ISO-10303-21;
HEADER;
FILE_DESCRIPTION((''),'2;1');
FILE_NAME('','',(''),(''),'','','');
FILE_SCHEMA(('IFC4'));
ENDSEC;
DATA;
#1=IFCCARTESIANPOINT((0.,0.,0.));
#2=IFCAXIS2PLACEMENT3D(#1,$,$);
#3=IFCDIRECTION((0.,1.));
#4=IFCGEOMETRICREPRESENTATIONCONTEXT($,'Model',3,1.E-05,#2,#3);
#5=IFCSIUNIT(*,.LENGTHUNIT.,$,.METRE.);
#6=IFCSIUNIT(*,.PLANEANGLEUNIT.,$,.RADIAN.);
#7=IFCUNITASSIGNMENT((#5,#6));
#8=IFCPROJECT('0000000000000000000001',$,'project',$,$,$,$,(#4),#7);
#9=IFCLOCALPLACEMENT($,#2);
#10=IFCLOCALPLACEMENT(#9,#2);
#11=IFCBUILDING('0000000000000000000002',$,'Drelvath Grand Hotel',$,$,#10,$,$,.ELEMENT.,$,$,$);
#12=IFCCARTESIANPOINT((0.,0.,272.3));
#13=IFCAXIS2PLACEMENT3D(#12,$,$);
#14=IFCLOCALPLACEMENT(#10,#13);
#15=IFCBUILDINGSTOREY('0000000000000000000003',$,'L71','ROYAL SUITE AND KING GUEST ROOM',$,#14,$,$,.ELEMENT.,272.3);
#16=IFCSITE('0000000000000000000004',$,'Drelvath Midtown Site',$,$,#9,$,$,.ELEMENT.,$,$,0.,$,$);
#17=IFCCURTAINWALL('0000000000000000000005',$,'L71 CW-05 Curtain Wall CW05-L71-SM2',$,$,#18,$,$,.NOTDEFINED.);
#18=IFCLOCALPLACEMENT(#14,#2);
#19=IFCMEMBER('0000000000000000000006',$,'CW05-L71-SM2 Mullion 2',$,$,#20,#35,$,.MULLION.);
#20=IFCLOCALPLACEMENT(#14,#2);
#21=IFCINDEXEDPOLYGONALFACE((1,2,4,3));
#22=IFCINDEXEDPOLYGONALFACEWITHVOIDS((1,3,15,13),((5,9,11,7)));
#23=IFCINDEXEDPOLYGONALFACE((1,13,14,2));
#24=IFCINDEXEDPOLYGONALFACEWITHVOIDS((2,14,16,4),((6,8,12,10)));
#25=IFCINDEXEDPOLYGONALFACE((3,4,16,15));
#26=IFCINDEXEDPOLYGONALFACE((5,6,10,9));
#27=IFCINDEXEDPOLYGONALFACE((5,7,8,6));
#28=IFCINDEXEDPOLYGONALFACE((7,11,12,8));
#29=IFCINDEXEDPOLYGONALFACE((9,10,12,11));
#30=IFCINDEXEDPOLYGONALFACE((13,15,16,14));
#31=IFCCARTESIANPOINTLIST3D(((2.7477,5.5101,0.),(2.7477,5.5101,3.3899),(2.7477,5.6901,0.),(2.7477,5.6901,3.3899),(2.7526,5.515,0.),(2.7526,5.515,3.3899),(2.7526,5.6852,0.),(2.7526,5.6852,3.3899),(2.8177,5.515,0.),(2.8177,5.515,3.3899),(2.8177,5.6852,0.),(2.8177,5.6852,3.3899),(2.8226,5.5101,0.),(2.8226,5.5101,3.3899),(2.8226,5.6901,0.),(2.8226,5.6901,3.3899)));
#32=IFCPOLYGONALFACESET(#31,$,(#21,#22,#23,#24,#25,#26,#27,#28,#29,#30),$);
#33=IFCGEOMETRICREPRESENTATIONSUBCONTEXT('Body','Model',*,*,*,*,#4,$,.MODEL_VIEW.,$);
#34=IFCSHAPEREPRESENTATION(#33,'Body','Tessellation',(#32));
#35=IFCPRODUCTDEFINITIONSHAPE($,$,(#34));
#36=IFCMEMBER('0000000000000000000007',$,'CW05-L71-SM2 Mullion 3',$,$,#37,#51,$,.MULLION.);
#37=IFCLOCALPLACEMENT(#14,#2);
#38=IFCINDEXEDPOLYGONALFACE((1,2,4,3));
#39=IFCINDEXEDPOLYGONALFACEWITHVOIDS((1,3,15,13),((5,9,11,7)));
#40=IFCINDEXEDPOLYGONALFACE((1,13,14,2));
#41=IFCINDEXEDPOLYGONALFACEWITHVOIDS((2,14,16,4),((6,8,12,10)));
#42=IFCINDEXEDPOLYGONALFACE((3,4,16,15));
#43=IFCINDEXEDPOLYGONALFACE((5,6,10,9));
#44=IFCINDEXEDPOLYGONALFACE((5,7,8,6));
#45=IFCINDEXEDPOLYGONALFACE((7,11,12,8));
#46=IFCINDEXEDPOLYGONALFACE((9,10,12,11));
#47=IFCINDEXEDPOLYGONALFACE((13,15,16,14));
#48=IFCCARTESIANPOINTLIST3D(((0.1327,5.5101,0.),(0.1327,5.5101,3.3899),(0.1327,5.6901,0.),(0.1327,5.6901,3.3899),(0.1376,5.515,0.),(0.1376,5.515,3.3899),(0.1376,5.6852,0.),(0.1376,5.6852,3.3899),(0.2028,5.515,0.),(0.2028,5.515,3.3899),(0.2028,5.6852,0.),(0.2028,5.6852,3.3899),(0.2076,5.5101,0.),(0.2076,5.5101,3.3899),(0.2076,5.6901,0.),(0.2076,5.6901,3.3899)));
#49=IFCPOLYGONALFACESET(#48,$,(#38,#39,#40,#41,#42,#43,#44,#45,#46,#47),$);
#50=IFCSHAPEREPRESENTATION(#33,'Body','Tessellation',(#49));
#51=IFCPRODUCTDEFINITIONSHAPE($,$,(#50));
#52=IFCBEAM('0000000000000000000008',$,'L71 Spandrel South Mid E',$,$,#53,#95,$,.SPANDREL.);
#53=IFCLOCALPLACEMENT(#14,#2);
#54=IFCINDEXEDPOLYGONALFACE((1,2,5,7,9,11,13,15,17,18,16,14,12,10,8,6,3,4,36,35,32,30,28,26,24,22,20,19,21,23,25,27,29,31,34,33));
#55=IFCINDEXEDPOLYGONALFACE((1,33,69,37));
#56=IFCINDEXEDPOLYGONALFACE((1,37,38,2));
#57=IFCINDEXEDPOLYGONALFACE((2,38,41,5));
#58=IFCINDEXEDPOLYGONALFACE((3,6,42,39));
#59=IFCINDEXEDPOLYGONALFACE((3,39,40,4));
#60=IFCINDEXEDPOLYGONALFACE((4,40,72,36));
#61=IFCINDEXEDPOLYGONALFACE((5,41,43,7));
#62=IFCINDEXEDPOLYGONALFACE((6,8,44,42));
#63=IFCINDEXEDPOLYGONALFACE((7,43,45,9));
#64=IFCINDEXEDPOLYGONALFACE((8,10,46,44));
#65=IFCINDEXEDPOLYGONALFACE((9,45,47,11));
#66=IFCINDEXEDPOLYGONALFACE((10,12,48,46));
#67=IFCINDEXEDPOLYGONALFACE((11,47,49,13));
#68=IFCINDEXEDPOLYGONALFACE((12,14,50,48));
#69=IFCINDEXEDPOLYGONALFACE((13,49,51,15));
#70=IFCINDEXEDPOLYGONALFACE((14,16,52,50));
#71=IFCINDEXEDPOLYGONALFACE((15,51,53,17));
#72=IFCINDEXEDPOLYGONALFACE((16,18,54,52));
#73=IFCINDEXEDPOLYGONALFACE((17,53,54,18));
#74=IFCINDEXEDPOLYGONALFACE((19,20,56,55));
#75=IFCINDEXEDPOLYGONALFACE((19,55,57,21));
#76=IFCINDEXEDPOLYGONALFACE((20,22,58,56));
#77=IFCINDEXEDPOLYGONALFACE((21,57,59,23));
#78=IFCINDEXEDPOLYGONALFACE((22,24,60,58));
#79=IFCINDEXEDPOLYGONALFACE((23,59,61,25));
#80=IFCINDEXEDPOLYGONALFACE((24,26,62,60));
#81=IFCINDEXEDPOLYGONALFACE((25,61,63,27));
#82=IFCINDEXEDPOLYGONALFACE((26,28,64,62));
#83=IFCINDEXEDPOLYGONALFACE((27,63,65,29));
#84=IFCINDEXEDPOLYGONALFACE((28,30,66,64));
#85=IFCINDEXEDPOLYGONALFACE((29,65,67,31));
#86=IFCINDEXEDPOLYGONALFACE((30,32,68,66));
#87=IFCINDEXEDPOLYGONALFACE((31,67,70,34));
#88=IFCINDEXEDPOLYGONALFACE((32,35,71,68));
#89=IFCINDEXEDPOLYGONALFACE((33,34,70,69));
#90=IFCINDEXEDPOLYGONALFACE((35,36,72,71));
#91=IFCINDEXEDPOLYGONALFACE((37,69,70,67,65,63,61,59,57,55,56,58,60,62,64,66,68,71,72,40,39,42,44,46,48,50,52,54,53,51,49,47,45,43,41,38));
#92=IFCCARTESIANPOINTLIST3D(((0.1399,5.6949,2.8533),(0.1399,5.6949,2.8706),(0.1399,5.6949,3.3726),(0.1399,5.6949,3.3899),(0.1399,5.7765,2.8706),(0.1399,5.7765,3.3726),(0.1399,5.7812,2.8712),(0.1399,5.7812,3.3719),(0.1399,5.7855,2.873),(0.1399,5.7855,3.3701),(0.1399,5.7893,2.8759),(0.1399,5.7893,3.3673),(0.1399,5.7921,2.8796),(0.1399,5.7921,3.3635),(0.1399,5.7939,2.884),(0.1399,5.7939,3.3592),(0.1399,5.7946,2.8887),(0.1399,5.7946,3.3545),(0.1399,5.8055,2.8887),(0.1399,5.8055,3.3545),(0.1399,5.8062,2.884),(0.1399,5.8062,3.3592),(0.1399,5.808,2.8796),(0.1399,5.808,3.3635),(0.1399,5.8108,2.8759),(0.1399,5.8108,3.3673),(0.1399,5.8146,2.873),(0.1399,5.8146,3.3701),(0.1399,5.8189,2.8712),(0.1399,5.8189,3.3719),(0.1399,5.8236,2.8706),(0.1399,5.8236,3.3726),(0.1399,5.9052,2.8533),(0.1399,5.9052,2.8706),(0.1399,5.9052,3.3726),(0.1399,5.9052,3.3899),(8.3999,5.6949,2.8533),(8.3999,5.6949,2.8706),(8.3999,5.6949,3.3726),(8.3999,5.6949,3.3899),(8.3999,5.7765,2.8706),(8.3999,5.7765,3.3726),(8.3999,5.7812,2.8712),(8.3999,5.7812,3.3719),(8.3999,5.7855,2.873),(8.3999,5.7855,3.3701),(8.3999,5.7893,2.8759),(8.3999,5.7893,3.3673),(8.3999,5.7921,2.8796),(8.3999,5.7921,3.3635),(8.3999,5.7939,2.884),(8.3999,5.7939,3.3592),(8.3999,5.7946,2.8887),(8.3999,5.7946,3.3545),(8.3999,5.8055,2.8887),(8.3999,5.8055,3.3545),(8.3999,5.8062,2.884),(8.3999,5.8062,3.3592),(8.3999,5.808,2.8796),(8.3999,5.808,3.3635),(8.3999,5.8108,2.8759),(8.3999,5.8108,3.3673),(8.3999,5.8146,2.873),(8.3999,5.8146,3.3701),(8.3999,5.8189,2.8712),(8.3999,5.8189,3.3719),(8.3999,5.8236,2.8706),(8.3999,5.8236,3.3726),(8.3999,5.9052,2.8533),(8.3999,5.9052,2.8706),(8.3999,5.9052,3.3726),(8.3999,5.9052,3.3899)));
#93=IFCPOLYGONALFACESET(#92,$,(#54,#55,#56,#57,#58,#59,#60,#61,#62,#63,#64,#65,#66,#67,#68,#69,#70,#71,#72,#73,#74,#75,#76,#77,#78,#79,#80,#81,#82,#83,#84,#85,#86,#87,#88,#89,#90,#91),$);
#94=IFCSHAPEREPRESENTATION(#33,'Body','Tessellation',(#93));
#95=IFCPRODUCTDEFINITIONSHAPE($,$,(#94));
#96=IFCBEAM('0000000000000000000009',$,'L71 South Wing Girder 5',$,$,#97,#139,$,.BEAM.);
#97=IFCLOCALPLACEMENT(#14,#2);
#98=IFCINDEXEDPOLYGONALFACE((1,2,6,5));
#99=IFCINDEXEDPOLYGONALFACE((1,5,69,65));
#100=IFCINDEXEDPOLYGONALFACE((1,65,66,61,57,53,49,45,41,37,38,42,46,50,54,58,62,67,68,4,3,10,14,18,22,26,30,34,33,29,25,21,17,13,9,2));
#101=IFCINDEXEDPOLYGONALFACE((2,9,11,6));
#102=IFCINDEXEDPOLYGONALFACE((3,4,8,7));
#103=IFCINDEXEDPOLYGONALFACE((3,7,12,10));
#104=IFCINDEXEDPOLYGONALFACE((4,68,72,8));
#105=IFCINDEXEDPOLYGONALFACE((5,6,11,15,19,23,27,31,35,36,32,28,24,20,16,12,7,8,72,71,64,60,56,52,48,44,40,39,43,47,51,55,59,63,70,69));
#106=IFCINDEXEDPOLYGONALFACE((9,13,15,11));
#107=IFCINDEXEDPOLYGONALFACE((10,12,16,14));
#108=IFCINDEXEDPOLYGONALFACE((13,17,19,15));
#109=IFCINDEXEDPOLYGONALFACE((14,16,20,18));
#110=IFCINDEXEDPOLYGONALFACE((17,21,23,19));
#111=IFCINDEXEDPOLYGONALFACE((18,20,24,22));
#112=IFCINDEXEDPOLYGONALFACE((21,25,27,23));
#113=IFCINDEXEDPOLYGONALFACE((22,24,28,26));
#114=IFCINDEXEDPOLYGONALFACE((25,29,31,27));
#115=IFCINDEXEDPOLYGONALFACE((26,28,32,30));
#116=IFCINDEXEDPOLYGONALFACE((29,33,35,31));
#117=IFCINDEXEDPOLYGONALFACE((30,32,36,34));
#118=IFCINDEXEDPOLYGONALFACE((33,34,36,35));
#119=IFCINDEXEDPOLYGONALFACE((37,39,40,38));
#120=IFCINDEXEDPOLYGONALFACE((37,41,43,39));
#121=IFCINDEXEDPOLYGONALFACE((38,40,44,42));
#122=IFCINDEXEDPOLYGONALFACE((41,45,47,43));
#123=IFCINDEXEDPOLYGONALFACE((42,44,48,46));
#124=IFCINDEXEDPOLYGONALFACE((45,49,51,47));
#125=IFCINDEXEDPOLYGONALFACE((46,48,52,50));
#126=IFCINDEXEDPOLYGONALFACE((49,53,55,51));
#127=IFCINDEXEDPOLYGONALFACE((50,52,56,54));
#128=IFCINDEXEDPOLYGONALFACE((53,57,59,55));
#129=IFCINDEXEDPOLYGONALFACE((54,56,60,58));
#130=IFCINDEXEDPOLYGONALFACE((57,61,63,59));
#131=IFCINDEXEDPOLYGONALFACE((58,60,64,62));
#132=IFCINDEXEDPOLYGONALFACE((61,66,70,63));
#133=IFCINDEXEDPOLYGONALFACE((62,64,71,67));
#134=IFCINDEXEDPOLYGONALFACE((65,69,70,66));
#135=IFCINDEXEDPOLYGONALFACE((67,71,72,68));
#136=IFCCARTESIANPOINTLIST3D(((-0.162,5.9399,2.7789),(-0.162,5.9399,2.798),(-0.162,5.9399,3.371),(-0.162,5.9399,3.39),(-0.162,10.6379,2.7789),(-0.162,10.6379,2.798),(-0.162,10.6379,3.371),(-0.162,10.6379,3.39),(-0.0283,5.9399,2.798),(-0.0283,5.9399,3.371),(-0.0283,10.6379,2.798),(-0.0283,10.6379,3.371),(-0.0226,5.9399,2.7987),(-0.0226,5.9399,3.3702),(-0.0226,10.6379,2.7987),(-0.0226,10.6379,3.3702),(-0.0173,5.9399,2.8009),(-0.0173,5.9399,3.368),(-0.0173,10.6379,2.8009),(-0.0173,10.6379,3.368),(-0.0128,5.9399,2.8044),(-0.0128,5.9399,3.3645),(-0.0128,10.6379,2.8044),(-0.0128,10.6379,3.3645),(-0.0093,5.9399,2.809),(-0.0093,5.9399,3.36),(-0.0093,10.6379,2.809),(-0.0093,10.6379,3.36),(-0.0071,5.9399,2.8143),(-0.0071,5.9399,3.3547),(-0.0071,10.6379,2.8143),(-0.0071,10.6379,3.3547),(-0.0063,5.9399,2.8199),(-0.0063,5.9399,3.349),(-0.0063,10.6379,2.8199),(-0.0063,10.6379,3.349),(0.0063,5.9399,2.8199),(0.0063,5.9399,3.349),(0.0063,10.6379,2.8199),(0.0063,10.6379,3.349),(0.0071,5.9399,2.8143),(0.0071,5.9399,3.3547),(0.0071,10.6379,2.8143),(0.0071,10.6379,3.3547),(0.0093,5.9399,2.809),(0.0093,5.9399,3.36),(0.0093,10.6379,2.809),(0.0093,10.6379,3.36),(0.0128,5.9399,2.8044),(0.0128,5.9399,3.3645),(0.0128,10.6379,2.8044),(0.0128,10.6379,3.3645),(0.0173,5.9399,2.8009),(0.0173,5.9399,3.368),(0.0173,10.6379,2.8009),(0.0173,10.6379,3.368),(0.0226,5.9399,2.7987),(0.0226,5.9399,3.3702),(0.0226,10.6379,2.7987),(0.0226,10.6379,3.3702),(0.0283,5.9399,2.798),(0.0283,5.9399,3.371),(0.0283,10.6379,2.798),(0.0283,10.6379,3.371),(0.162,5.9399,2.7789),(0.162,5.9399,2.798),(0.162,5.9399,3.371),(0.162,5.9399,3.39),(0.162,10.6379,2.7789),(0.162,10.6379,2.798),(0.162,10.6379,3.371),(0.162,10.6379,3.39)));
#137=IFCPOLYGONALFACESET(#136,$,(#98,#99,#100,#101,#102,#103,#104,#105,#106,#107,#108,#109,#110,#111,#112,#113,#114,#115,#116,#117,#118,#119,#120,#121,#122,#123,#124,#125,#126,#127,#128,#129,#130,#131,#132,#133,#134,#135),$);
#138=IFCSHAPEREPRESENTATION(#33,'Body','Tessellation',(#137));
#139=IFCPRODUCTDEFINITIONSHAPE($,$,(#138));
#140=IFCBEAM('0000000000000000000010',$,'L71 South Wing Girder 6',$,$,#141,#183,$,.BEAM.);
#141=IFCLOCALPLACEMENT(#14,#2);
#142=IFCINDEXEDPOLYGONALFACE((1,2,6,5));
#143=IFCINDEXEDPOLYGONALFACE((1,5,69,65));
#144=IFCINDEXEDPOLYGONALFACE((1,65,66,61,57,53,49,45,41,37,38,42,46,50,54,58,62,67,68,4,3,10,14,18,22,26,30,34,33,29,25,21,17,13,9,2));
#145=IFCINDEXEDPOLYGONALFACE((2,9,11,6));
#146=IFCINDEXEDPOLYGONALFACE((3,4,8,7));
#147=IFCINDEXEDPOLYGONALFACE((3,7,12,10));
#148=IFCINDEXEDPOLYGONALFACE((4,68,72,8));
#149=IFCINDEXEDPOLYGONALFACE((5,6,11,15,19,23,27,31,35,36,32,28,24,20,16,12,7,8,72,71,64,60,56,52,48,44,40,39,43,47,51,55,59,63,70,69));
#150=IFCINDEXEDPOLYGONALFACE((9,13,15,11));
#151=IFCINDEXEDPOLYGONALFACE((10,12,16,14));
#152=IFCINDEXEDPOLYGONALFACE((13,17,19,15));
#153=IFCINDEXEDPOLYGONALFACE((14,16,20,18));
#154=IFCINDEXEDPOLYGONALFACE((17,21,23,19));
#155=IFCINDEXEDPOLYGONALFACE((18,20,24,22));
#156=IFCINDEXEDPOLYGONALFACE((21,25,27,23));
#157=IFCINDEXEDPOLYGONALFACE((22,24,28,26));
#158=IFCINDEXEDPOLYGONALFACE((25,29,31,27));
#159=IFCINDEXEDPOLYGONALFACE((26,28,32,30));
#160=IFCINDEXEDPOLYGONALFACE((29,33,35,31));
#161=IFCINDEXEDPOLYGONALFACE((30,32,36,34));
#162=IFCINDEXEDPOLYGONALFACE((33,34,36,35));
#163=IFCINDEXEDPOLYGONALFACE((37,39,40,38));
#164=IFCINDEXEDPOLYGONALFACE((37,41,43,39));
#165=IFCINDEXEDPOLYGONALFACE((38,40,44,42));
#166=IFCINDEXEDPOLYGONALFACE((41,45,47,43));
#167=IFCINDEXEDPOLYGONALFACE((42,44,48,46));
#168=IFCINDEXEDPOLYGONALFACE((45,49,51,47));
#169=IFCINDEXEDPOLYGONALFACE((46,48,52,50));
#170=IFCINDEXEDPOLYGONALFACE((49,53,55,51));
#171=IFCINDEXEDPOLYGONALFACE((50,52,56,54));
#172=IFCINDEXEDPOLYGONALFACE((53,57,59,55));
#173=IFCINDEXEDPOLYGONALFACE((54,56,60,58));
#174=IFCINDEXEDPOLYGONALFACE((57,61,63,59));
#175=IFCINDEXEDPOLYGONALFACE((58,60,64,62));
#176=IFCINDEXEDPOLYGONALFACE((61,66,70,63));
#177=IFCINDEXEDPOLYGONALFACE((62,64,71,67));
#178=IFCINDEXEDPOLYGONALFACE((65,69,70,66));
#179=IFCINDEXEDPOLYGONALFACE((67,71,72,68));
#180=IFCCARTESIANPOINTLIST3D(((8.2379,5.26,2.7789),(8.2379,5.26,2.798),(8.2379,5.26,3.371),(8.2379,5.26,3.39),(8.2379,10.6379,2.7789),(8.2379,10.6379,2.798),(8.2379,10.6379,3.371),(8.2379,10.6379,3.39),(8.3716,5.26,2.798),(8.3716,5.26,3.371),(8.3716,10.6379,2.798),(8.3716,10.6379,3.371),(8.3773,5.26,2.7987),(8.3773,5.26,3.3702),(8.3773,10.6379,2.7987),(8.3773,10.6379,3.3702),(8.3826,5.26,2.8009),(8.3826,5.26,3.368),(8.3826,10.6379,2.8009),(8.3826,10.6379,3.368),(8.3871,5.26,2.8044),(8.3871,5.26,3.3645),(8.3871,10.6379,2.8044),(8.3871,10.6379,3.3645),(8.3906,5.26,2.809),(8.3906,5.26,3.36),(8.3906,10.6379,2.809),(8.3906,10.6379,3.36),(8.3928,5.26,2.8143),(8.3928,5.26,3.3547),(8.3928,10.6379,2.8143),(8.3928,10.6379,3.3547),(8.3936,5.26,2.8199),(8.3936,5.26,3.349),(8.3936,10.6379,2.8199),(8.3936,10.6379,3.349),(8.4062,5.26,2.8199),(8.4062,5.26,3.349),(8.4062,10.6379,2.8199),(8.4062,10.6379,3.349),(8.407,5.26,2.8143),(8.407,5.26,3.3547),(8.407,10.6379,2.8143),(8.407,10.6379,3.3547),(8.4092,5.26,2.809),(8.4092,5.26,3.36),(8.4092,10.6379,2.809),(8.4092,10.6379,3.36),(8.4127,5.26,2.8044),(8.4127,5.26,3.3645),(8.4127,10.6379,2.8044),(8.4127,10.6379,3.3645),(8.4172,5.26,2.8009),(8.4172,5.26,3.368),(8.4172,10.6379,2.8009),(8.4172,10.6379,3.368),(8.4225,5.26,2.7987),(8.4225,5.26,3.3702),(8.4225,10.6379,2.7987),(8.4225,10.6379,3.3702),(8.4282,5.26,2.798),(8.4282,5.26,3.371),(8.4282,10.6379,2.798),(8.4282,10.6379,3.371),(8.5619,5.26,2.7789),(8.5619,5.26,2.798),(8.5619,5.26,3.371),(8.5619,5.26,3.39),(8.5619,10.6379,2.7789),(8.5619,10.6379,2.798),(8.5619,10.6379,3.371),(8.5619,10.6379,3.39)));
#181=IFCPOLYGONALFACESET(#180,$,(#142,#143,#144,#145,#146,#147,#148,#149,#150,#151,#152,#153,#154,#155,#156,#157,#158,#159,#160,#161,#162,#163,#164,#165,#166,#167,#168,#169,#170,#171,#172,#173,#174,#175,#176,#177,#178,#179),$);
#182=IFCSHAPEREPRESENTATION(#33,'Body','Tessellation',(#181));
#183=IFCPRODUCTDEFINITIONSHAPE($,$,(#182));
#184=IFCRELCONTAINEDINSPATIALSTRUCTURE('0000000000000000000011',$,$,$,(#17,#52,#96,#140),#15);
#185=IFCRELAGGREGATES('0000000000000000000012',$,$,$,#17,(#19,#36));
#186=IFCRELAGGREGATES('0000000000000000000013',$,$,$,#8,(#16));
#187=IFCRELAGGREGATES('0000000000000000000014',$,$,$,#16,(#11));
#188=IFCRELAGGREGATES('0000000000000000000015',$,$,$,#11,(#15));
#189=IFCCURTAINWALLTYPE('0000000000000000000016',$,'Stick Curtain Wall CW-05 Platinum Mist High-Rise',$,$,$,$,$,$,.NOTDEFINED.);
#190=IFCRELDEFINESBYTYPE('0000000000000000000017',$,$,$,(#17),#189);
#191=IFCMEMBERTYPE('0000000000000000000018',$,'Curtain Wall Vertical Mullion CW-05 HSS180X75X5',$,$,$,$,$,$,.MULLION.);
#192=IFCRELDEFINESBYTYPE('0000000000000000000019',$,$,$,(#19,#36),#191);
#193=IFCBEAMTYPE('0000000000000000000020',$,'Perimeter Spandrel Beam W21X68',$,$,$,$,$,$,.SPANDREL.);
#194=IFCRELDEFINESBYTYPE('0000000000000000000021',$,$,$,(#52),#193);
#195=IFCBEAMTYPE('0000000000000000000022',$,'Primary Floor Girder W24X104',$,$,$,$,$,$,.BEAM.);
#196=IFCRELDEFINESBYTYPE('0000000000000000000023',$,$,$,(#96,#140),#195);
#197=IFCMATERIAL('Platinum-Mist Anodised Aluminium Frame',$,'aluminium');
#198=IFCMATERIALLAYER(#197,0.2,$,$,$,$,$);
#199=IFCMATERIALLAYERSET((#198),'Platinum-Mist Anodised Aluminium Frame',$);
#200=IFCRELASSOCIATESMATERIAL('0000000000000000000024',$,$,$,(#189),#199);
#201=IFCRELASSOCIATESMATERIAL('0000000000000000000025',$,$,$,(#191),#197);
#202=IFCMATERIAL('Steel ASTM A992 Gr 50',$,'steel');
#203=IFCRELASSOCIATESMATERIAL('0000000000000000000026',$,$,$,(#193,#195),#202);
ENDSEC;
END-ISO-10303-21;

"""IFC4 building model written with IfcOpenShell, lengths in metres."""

from ifc_helpers import new_model, si_unit, direction, frame, origin, origin_2d, place, context, subcontext, project, spatial, hollow_rectangle, i_section, extrude, material, layer, layer_set, material_profile, profile_set, type_object, element, aggregate, save


model = new_model("IFC4")

# Units and contexts
model_context = context("Model", 3, precision=1e-05, world=origin(), true_north=direction((0.0, 1.0)))
body_context = subcontext(model_context, "Body", "Model", "MODEL_VIEW")
ifc_project = project(units=[si_unit("LENGTHUNIT", "METRE"), si_unit("PLANEANGLEUNIT", "RADIAN")], contexts=[model_context])

# Site, building, storey
site_placement = place(None, origin())
site = spatial("IfcSite", under=ifc_project, at=site_placement, Name="Drelvath Midtown Site", CompositionType="ELEMENT", RefElevation=0.0)
building_placement = place(site_placement, origin())
building = spatial("IfcBuilding", under=site, at=building_placement, Name="Drelvath Grand Hotel", CompositionType="ELEMENT")
storey_placement = place(building_placement, frame((0.0, 0.0, 272.3)))
storey = spatial("IfcBuildingStorey", under=building, at=storey_placement, Name="L71", Description="ROYAL SUITE AND KING GUEST ROOM", CompositionType="ELEMENT", Elevation=272.3)

# Curtain wall
ifc_material_1 = material(Name="Platinum-Mist Anodised Aluminium Frame", Category="aluminium")
ifc_layer_1 = layer(ifc_material_1, 0.2)
ifc_layer_set_1 = layer_set([ifc_layer_1], Name="Platinum-Mist Anodised Aluminium Frame")
curtain_wall_type = type_object("IfcCurtainWallType", Name="Stick Curtain Wall CW-05 Platinum Mist High-Rise", PredefinedType="NOTDEFINED", material=ifc_layer_set_1)
curtain_wall_1_placement = place(storey_placement, origin())
curtain_wall_1 = element("IfcCurtainWall", 1, at=curtain_wall_1_placement, inside=storey, type_object=curtain_wall_type, Name="L71 CW-05 Curtain Wall CW05-L71-SM2", PredefinedType="NOTDEFINED")

# Members
ifc_material_profile_1 = material_profile(ifc_material_1, hollow_rectangle(XDim=0.075, YDim=0.1799, WallThickness=0.0049, at=origin_2d()), Name="HSS180X75X5")
ifc_profile_set_1 = profile_set([ifc_material_profile_1], Name="Platinum-Mist Anodised Aluminium Frame")
member_type_1 = type_object("IfcMemberType", Name="Curtain Wall Vertical Mullion CW-05 HSS180X75X5", PredefinedType="MULLION", material=ifc_profile_set_1)
member_1_placement = place(storey_placement, frame((2.7852, 5.6001, 0.0), z_axis=(0.0, 0.0, 1.0), x_axis=(1.0, 0.0, 0.0)))
member_1 = element("IfcMember", 2, at=member_1_placement, type_object=member_type_1, Name="CW05-L71-SM2 Mullion 2", PredefinedType="MULLION", context=body_context, shape_type="SweptSolid", body=[
    extrude(hollow_rectangle(XDim=0.075, YDim=0.1799, WallThickness=0.0049, at=origin_2d()), origin(), (0.0, 0.0, 1.0), 3.3899),
])
member_2_placement = place(storey_placement, frame((0.1702, 5.6001, 0.0), z_axis=(0.0, 0.0, 1.0), x_axis=(1.0, 0.0, 0.0)))
member_2 = element("IfcMember", 3, at=member_2_placement, type_object=member_type_1, Name="CW05-L71-SM2 Mullion 3", PredefinedType="MULLION", context=body_context, shape_type="SweptSolid", body=[
    extrude(hollow_rectangle(XDim=0.075, YDim=0.1799, WallThickness=0.0049, at=origin_2d()), origin(), (0.0, 0.0, 1.0), 3.3899),
])

# Beams
ifc_material_2 = material(Name="Steel ASTM A992 Gr 50", Category="steel")
ifc_material_profile_2 = material_profile(ifc_material_2, i_section(OverallWidth=0.2102, OverallDepth=0.5366, WebThickness=0.011, FlangeThickness=0.0173, FilletRadius=0.0181, at=origin_2d()), Name="W21X68")
ifc_profile_set_2 = profile_set([ifc_material_profile_2], Name="Steel ASTM A992 Gr 50")
beam_type_1 = type_object("IfcBeamType", Name="Perimeter Spandrel Beam W21X68", PredefinedType="SPANDREL", material=ifc_profile_set_2)
beam_1_placement = place(storey_placement, frame((0.1399, 5.8, 3.1216), z_axis=(1.0, 0.0, 0.0), x_axis=(0.0, 1.0, 0.0)))
element("IfcBeam", 4, at=beam_1_placement, inside=storey, type_object=beam_type_1, Name="L71 Spandrel South Mid E", PredefinedType="SPANDREL", context=body_context, shape_type="SweptSolid", body=[
    extrude(i_section(OverallWidth=0.2102, OverallDepth=0.5366, WebThickness=0.011, FlangeThickness=0.0173, FilletRadius=0.0181, at=origin_2d()), origin(), (0.0, 0.0, 1.0), 8.26),
])
ifc_material_profile_3 = material_profile(ifc_material_2, i_section(OverallWidth=0.324, OverallDepth=0.6111, WebThickness=0.0127, FlangeThickness=0.019, FilletRadius=0.022, at=origin_2d()), Name="W24X104")
ifc_profile_set_3 = profile_set([ifc_material_profile_3], Name="Steel ASTM A992 Gr 50")
beam_type_2 = type_object("IfcBeamType", Name="Primary Floor Girder W24X104", PredefinedType="BEAM", material=ifc_profile_set_3)
beam_2_placement = place(storey_placement, frame((0.0, 5.9399, 3.0845), z_axis=(0.0, 1.0, 0.0), x_axis=(-1.0, 0.0, 0.0)))
element("IfcBeam", 5, at=beam_2_placement, inside=storey, type_object=beam_type_2, Name="L71 South Wing Girder 5", PredefinedType="BEAM", context=body_context, shape_type="SweptSolid", body=[
    extrude(i_section(OverallWidth=0.324, OverallDepth=0.6111, WebThickness=0.0127, FlangeThickness=0.019, FilletRadius=0.022, at=origin_2d()), origin(), (0.0, 0.0, 1.0), 4.698),
])
beam_3_placement = place(storey_placement, frame((8.3999, 5.26, 3.0845), z_axis=(0.0, 1.0, 0.0), x_axis=(-1.0, 0.0, 0.0)))
element("IfcBeam", 6, at=beam_3_placement, inside=storey, type_object=beam_type_2, Name="L71 South Wing Girder 6", PredefinedType="BEAM", context=body_context, shape_type="SweptSolid", body=[
    extrude(i_section(OverallWidth=0.324, OverallDepth=0.6111, WebThickness=0.0127, FlangeThickness=0.019, FilletRadius=0.022, at=origin_2d()), origin(), (0.0, 0.0, 1.0), 5.3779),
])

aggregate(curtain_wall_1, [member_1, member_2])

save(model, "model.ifc")
